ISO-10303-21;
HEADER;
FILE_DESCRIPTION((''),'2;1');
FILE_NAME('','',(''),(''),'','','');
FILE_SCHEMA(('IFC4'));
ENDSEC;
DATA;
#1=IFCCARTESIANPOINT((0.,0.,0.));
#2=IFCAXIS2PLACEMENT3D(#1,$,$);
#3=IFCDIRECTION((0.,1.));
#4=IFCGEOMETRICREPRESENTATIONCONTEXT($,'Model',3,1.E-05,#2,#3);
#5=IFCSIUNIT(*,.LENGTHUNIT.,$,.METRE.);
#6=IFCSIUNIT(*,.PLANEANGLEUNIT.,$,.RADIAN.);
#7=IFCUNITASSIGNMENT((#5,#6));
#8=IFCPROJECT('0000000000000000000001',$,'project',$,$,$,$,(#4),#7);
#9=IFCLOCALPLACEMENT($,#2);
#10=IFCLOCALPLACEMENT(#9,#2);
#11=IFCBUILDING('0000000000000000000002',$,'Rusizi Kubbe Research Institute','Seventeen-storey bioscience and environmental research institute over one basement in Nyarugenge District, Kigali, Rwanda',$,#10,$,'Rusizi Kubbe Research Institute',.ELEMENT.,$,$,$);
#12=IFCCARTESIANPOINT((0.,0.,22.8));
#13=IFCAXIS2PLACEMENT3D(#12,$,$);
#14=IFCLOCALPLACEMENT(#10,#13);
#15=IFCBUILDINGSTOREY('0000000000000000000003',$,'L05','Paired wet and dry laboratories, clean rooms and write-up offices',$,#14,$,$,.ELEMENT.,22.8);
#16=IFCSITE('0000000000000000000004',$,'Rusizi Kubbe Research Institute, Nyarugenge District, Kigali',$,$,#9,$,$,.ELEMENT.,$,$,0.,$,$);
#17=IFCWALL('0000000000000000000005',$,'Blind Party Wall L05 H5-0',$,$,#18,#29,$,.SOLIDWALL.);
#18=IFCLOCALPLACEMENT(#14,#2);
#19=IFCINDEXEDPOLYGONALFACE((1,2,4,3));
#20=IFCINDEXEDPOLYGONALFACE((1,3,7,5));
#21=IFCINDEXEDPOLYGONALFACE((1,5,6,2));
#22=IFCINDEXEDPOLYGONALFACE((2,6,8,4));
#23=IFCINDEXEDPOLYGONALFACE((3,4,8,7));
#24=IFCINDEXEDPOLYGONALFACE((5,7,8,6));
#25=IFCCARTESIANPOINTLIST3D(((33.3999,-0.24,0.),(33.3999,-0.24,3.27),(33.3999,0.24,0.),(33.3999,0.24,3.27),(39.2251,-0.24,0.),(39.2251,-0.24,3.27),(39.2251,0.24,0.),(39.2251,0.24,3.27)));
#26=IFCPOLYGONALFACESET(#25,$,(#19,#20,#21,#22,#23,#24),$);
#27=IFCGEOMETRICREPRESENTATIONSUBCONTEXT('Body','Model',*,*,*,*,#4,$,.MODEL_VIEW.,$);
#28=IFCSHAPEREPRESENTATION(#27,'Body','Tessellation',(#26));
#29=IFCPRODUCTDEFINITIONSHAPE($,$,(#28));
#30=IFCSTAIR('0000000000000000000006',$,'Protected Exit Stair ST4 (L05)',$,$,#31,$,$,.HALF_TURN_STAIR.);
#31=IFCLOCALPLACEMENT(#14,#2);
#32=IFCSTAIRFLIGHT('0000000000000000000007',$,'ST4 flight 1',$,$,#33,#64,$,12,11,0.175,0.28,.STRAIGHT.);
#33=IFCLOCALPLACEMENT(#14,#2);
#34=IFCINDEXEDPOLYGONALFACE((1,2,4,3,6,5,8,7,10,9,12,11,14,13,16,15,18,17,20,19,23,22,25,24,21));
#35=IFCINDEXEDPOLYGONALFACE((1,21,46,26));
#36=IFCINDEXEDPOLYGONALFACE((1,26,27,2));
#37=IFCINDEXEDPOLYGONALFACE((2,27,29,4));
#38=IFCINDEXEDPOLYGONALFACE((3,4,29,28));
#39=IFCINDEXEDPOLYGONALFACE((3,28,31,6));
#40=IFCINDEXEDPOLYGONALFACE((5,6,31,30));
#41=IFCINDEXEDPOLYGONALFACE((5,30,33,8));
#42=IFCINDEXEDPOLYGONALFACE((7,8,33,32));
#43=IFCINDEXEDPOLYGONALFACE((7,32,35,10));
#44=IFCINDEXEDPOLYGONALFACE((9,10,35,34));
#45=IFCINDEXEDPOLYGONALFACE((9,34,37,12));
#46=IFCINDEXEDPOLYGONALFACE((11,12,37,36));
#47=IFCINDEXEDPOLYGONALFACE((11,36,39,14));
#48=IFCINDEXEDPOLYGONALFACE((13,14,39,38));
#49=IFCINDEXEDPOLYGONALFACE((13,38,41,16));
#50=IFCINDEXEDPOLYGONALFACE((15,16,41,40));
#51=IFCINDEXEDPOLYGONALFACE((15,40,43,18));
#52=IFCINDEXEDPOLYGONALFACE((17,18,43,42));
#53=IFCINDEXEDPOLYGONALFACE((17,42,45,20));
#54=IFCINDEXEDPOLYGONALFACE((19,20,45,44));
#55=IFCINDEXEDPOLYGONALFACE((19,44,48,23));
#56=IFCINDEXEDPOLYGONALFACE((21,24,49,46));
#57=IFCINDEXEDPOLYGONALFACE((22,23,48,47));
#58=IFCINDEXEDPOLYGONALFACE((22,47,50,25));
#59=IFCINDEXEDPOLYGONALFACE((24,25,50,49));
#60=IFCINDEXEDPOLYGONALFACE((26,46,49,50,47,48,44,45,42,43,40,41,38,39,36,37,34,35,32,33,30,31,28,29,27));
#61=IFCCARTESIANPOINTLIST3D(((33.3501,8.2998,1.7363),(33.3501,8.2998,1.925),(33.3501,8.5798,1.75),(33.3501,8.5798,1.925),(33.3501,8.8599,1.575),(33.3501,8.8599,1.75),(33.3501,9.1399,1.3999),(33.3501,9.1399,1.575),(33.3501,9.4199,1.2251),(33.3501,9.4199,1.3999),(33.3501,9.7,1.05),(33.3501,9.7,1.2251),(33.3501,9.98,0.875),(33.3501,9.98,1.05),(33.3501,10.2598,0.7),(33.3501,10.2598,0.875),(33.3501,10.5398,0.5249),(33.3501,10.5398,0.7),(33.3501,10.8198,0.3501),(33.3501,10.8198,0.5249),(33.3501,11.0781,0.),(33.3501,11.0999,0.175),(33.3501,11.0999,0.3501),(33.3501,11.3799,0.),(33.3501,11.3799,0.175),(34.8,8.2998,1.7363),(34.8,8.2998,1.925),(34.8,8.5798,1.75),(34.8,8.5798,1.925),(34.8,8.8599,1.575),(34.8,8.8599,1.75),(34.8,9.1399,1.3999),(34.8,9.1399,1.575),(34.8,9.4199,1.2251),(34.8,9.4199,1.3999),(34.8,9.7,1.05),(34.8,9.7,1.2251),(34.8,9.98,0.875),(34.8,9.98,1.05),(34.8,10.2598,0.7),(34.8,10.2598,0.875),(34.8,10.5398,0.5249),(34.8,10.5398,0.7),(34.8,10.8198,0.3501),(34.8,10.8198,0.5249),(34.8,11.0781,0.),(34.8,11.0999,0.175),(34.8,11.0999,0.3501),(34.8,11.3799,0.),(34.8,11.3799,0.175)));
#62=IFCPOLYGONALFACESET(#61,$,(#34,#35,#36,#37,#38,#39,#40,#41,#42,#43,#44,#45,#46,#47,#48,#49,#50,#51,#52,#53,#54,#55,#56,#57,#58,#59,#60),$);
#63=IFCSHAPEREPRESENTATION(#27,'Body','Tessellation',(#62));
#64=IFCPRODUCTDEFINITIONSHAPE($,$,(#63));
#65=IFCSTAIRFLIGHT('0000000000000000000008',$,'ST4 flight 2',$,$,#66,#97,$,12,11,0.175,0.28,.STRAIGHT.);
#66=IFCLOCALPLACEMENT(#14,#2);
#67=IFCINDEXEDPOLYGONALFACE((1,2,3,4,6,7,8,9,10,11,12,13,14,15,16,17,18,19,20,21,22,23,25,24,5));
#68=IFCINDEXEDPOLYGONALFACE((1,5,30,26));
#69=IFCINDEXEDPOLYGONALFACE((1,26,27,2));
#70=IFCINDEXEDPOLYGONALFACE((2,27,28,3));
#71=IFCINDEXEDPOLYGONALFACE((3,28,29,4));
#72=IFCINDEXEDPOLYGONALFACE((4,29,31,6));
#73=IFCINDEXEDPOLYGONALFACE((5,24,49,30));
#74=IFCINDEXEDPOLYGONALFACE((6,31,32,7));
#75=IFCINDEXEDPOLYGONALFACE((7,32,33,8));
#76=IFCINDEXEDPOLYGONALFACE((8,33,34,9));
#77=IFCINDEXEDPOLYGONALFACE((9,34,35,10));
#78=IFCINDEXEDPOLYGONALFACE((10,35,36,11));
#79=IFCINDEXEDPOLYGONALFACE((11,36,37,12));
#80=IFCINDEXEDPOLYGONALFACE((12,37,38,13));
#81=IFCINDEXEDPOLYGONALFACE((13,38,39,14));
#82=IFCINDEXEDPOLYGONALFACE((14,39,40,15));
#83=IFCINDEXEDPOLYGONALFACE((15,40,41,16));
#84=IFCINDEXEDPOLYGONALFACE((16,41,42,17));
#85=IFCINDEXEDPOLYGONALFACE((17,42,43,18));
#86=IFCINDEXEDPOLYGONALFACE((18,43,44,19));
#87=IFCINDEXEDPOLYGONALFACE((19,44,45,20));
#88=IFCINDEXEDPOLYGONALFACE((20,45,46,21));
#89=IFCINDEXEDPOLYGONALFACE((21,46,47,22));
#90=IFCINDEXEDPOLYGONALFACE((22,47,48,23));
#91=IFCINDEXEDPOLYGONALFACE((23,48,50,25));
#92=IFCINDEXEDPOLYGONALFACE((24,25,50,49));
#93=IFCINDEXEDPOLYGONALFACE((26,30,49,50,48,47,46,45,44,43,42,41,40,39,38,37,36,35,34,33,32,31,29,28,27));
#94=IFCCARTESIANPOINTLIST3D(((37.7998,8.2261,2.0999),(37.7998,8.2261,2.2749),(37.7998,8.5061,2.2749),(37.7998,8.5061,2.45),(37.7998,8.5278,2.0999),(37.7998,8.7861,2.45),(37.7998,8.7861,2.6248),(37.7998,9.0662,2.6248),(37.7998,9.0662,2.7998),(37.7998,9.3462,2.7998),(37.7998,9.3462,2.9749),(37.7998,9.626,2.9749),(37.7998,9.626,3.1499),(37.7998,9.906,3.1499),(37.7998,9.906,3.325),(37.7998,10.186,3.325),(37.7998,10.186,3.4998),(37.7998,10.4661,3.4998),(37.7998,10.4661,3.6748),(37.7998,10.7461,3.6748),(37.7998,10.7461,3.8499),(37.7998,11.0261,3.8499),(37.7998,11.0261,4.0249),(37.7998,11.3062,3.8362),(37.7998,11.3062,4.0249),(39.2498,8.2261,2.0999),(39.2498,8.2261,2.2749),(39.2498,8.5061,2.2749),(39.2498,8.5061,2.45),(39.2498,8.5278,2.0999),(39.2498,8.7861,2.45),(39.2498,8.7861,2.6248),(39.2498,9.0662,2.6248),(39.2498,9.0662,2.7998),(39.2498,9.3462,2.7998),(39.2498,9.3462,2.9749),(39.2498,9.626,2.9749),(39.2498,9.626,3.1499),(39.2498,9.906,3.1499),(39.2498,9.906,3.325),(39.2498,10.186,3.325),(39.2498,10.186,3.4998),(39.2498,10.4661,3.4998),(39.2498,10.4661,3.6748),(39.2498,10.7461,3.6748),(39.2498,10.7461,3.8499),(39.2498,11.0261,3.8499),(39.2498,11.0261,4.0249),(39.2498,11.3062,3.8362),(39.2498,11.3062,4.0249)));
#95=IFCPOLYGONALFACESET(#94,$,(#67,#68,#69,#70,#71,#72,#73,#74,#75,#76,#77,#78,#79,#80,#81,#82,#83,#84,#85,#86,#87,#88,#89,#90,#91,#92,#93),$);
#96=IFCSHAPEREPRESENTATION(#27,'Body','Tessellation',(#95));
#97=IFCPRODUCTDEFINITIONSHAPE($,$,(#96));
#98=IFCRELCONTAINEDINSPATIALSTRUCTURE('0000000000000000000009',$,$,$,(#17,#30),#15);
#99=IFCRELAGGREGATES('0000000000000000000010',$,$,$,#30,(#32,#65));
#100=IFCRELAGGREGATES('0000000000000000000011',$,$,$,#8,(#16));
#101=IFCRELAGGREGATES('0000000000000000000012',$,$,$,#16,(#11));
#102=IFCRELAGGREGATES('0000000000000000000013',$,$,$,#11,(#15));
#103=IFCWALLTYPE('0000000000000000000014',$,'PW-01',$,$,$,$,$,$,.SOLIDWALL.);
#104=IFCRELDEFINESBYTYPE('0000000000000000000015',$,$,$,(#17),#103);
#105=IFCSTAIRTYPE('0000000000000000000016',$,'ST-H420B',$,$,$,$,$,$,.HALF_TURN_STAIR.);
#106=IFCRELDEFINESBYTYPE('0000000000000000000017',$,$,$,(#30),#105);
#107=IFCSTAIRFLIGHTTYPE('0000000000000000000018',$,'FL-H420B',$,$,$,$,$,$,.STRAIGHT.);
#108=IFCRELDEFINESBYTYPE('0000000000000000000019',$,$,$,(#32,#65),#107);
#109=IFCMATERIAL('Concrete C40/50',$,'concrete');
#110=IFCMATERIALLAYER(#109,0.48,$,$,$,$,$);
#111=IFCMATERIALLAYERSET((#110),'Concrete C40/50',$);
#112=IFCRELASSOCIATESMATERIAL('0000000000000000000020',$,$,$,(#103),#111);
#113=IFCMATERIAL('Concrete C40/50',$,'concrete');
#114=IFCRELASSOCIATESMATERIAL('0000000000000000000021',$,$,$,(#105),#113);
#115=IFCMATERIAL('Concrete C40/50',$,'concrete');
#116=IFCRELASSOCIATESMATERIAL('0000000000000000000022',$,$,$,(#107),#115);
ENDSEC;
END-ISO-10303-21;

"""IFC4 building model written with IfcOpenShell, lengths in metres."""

from ifc_helpers import new_model, si_unit, direction, frame, frame_2d, origin, place, context, subcontext, project, spatial, polyline, rectangle, outline, extrude, material, layer, layer_set, type_object, element, aggregate, save


model = new_model("IFC4")

# Units and contexts
model_context = context("Model", 3, precision=1e-05, world=origin(), true_north=direction((0.0, 1.0)))
body_context = subcontext(model_context, "Body", "Model", "MODEL_VIEW")
ifc_project = project(units=[si_unit("LENGTHUNIT", "METRE"), si_unit("PLANEANGLEUNIT", "RADIAN")], contexts=[model_context])

# Site, building, storey
site_placement = place(None, origin())
site = spatial("IfcSite", under=ifc_project, at=site_placement, Name="Rusizi Kubbe Research Institute, Nyarugenge District, Kigali", CompositionType="ELEMENT", RefElevation=0.0)
building_placement = place(site_placement, origin())
building = spatial("IfcBuilding", under=site, at=building_placement, Name="Rusizi Kubbe Research Institute", Description="Seventeen-storey bioscience and environmental research institute over one basement in Nyarugenge District, Kigali, Rwanda", LongName="Rusizi Kubbe Research Institute", CompositionType="ELEMENT")
storey_placement = place(building_placement, frame((0.0, 0.0, 22.8)))
storey = spatial("IfcBuildingStorey", under=building, at=storey_placement, Name="L05", Description="Paired wet and dry laboratories, clean rooms and write-up offices", CompositionType="ELEMENT", Elevation=22.8)

# Wall
ifc_material_1 = material(Name="Concrete C40/50", Category="concrete")
ifc_layer_1 = layer(ifc_material_1, 0.48)
ifc_layer_set_1 = layer_set([ifc_layer_1], Name="Concrete C40/50")
wall_type_1 = type_object("IfcWallType", Name="PW-01", PredefinedType="SOLIDWALL", material=ifc_layer_set_1)
wall_1_placement = place(storey_placement, frame((33.3999, 0.0, 0.0), z_axis=(0.0, 0.0, 1.0), x_axis=(1.0, 0.0, 0.0)))
element("IfcWall", 1, at=wall_1_placement, inside=storey, type_object=wall_type_1, Name="Blind Party Wall L05 H5-0", PredefinedType="SOLIDWALL", context=body_context, shape_type="SweptSolid", body=[
    extrude(rectangle(XDim=5.8252, YDim=0.48, at=frame_2d((2.9126, 0.0))), origin(), (0.0, 0.0, 1.0), 3.27),
])

# Stair, stair flights
ifc_material_2 = material(Name="Concrete C40/50", Category="concrete")
stair_type = type_object("IfcStairType", Name="ST-H420B", PredefinedType="HALF_TURN_STAIR", material=ifc_material_2)
stair_placement = place(storey_placement, origin())
stair = element("IfcStair", 2, at=stair_placement, inside=storey, type_object=stair_type, Name="Protected Exit Stair ST4 (L05)", PredefinedType="HALF_TURN_STAIR")
ifc_material_3 = material(Name="Concrete C40/50", Category="concrete")
stair_flight_type = type_object("IfcStairFlightType", Name="FL-H420B", PredefinedType="STRAIGHT", material=ifc_material_3)
stair_flight_1_placement = place(storey_placement, frame((34.075, 11.3799, 0.0), z_axis=(0.0, 0.0, 1.0), x_axis=(0.0, -1.0, 0.0)))
stair_flight_1 = element("IfcStairFlight", 3, at=stair_flight_1_placement, type_object=stair_flight_type, Name="ST4 flight 1", NumberOfRisers=12, NumberOfTreads=11, PredefinedType="STRAIGHT", RiserHeight=0.175, TreadLength=0.28, context=body_context, shape_type="SweptSolid", body=[
    extrude(outline(polyline([(0.0, 0.0), (0.0, 0.175), (0.28, 0.175), (0.28, 0.3501), (0.5601, 0.3501), (0.5601, 0.5249), (0.8401, 0.5249), (0.8401, 0.7), (1.1201, 0.7), (1.1201, 0.875), (1.3999, 0.875), (1.3999, 1.05), (1.6799, 1.05), (1.6799, 1.2251), (1.96, 1.2251), (1.96, 1.3999), (2.24, 1.3999), (2.24, 1.575), (2.52, 1.575), (2.52, 1.75), (2.8, 1.75), (2.8, 1.925), (3.0801, 1.925), (3.0801, 2.1001), (3.0801, 1.7363), (0.3018, 0.0), (0.0, 0.0)])), frame((0.0, 0.7251, 0.0), z_axis=(0.0, -1.0, 0.0), x_axis=(1.0, 0.0, 0.0)), (0.0, 0.0, 1.0), 1.45),
])
stair_flight_2_placement = place(storey_placement, frame((38.5249, 8.2261, 2.0999), z_axis=(0.0, 0.0, 1.0), x_axis=(0.0, 1.0, 0.0)))
stair_flight_2 = element("IfcStairFlight", 4, at=stair_flight_2_placement, type_object=stair_flight_type, Name="ST4 flight 2", NumberOfRisers=12, NumberOfTreads=11, PredefinedType="STRAIGHT", RiserHeight=0.175, TreadLength=0.28, context=body_context, shape_type="SweptSolid", body=[
    extrude(outline(polyline([(0.0, 0.0), (0.0, 0.175), (0.28, 0.175), (0.28, 0.3501), (0.5601, 0.3501), (0.5601, 0.5249), (0.8401, 0.5249), (0.8401, 0.7), (1.1201, 0.7), (1.1201, 0.875), (1.3999, 0.875), (1.3999, 1.05), (1.6799, 1.05), (1.6799, 1.2251), (1.96, 1.2251), (1.96, 1.3999), (2.24, 1.3999), (2.24, 1.575), (2.52, 1.575), (2.52, 1.75), (2.8, 1.75), (2.8, 1.925), (3.0801, 1.925), (3.0801, 2.1001), (3.0801, 1.7363), (0.3018, 0.0), (0.0, 0.0)])), frame((0.0, 0.7251, 0.0), z_axis=(0.0, -1.0, 0.0), x_axis=(1.0, 0.0, 0.0)), (0.0, 0.0, 1.0), 1.45),
])
aggregate(stair, [stair_flight_1, stair_flight_2])

save(model, "model.ifc")
